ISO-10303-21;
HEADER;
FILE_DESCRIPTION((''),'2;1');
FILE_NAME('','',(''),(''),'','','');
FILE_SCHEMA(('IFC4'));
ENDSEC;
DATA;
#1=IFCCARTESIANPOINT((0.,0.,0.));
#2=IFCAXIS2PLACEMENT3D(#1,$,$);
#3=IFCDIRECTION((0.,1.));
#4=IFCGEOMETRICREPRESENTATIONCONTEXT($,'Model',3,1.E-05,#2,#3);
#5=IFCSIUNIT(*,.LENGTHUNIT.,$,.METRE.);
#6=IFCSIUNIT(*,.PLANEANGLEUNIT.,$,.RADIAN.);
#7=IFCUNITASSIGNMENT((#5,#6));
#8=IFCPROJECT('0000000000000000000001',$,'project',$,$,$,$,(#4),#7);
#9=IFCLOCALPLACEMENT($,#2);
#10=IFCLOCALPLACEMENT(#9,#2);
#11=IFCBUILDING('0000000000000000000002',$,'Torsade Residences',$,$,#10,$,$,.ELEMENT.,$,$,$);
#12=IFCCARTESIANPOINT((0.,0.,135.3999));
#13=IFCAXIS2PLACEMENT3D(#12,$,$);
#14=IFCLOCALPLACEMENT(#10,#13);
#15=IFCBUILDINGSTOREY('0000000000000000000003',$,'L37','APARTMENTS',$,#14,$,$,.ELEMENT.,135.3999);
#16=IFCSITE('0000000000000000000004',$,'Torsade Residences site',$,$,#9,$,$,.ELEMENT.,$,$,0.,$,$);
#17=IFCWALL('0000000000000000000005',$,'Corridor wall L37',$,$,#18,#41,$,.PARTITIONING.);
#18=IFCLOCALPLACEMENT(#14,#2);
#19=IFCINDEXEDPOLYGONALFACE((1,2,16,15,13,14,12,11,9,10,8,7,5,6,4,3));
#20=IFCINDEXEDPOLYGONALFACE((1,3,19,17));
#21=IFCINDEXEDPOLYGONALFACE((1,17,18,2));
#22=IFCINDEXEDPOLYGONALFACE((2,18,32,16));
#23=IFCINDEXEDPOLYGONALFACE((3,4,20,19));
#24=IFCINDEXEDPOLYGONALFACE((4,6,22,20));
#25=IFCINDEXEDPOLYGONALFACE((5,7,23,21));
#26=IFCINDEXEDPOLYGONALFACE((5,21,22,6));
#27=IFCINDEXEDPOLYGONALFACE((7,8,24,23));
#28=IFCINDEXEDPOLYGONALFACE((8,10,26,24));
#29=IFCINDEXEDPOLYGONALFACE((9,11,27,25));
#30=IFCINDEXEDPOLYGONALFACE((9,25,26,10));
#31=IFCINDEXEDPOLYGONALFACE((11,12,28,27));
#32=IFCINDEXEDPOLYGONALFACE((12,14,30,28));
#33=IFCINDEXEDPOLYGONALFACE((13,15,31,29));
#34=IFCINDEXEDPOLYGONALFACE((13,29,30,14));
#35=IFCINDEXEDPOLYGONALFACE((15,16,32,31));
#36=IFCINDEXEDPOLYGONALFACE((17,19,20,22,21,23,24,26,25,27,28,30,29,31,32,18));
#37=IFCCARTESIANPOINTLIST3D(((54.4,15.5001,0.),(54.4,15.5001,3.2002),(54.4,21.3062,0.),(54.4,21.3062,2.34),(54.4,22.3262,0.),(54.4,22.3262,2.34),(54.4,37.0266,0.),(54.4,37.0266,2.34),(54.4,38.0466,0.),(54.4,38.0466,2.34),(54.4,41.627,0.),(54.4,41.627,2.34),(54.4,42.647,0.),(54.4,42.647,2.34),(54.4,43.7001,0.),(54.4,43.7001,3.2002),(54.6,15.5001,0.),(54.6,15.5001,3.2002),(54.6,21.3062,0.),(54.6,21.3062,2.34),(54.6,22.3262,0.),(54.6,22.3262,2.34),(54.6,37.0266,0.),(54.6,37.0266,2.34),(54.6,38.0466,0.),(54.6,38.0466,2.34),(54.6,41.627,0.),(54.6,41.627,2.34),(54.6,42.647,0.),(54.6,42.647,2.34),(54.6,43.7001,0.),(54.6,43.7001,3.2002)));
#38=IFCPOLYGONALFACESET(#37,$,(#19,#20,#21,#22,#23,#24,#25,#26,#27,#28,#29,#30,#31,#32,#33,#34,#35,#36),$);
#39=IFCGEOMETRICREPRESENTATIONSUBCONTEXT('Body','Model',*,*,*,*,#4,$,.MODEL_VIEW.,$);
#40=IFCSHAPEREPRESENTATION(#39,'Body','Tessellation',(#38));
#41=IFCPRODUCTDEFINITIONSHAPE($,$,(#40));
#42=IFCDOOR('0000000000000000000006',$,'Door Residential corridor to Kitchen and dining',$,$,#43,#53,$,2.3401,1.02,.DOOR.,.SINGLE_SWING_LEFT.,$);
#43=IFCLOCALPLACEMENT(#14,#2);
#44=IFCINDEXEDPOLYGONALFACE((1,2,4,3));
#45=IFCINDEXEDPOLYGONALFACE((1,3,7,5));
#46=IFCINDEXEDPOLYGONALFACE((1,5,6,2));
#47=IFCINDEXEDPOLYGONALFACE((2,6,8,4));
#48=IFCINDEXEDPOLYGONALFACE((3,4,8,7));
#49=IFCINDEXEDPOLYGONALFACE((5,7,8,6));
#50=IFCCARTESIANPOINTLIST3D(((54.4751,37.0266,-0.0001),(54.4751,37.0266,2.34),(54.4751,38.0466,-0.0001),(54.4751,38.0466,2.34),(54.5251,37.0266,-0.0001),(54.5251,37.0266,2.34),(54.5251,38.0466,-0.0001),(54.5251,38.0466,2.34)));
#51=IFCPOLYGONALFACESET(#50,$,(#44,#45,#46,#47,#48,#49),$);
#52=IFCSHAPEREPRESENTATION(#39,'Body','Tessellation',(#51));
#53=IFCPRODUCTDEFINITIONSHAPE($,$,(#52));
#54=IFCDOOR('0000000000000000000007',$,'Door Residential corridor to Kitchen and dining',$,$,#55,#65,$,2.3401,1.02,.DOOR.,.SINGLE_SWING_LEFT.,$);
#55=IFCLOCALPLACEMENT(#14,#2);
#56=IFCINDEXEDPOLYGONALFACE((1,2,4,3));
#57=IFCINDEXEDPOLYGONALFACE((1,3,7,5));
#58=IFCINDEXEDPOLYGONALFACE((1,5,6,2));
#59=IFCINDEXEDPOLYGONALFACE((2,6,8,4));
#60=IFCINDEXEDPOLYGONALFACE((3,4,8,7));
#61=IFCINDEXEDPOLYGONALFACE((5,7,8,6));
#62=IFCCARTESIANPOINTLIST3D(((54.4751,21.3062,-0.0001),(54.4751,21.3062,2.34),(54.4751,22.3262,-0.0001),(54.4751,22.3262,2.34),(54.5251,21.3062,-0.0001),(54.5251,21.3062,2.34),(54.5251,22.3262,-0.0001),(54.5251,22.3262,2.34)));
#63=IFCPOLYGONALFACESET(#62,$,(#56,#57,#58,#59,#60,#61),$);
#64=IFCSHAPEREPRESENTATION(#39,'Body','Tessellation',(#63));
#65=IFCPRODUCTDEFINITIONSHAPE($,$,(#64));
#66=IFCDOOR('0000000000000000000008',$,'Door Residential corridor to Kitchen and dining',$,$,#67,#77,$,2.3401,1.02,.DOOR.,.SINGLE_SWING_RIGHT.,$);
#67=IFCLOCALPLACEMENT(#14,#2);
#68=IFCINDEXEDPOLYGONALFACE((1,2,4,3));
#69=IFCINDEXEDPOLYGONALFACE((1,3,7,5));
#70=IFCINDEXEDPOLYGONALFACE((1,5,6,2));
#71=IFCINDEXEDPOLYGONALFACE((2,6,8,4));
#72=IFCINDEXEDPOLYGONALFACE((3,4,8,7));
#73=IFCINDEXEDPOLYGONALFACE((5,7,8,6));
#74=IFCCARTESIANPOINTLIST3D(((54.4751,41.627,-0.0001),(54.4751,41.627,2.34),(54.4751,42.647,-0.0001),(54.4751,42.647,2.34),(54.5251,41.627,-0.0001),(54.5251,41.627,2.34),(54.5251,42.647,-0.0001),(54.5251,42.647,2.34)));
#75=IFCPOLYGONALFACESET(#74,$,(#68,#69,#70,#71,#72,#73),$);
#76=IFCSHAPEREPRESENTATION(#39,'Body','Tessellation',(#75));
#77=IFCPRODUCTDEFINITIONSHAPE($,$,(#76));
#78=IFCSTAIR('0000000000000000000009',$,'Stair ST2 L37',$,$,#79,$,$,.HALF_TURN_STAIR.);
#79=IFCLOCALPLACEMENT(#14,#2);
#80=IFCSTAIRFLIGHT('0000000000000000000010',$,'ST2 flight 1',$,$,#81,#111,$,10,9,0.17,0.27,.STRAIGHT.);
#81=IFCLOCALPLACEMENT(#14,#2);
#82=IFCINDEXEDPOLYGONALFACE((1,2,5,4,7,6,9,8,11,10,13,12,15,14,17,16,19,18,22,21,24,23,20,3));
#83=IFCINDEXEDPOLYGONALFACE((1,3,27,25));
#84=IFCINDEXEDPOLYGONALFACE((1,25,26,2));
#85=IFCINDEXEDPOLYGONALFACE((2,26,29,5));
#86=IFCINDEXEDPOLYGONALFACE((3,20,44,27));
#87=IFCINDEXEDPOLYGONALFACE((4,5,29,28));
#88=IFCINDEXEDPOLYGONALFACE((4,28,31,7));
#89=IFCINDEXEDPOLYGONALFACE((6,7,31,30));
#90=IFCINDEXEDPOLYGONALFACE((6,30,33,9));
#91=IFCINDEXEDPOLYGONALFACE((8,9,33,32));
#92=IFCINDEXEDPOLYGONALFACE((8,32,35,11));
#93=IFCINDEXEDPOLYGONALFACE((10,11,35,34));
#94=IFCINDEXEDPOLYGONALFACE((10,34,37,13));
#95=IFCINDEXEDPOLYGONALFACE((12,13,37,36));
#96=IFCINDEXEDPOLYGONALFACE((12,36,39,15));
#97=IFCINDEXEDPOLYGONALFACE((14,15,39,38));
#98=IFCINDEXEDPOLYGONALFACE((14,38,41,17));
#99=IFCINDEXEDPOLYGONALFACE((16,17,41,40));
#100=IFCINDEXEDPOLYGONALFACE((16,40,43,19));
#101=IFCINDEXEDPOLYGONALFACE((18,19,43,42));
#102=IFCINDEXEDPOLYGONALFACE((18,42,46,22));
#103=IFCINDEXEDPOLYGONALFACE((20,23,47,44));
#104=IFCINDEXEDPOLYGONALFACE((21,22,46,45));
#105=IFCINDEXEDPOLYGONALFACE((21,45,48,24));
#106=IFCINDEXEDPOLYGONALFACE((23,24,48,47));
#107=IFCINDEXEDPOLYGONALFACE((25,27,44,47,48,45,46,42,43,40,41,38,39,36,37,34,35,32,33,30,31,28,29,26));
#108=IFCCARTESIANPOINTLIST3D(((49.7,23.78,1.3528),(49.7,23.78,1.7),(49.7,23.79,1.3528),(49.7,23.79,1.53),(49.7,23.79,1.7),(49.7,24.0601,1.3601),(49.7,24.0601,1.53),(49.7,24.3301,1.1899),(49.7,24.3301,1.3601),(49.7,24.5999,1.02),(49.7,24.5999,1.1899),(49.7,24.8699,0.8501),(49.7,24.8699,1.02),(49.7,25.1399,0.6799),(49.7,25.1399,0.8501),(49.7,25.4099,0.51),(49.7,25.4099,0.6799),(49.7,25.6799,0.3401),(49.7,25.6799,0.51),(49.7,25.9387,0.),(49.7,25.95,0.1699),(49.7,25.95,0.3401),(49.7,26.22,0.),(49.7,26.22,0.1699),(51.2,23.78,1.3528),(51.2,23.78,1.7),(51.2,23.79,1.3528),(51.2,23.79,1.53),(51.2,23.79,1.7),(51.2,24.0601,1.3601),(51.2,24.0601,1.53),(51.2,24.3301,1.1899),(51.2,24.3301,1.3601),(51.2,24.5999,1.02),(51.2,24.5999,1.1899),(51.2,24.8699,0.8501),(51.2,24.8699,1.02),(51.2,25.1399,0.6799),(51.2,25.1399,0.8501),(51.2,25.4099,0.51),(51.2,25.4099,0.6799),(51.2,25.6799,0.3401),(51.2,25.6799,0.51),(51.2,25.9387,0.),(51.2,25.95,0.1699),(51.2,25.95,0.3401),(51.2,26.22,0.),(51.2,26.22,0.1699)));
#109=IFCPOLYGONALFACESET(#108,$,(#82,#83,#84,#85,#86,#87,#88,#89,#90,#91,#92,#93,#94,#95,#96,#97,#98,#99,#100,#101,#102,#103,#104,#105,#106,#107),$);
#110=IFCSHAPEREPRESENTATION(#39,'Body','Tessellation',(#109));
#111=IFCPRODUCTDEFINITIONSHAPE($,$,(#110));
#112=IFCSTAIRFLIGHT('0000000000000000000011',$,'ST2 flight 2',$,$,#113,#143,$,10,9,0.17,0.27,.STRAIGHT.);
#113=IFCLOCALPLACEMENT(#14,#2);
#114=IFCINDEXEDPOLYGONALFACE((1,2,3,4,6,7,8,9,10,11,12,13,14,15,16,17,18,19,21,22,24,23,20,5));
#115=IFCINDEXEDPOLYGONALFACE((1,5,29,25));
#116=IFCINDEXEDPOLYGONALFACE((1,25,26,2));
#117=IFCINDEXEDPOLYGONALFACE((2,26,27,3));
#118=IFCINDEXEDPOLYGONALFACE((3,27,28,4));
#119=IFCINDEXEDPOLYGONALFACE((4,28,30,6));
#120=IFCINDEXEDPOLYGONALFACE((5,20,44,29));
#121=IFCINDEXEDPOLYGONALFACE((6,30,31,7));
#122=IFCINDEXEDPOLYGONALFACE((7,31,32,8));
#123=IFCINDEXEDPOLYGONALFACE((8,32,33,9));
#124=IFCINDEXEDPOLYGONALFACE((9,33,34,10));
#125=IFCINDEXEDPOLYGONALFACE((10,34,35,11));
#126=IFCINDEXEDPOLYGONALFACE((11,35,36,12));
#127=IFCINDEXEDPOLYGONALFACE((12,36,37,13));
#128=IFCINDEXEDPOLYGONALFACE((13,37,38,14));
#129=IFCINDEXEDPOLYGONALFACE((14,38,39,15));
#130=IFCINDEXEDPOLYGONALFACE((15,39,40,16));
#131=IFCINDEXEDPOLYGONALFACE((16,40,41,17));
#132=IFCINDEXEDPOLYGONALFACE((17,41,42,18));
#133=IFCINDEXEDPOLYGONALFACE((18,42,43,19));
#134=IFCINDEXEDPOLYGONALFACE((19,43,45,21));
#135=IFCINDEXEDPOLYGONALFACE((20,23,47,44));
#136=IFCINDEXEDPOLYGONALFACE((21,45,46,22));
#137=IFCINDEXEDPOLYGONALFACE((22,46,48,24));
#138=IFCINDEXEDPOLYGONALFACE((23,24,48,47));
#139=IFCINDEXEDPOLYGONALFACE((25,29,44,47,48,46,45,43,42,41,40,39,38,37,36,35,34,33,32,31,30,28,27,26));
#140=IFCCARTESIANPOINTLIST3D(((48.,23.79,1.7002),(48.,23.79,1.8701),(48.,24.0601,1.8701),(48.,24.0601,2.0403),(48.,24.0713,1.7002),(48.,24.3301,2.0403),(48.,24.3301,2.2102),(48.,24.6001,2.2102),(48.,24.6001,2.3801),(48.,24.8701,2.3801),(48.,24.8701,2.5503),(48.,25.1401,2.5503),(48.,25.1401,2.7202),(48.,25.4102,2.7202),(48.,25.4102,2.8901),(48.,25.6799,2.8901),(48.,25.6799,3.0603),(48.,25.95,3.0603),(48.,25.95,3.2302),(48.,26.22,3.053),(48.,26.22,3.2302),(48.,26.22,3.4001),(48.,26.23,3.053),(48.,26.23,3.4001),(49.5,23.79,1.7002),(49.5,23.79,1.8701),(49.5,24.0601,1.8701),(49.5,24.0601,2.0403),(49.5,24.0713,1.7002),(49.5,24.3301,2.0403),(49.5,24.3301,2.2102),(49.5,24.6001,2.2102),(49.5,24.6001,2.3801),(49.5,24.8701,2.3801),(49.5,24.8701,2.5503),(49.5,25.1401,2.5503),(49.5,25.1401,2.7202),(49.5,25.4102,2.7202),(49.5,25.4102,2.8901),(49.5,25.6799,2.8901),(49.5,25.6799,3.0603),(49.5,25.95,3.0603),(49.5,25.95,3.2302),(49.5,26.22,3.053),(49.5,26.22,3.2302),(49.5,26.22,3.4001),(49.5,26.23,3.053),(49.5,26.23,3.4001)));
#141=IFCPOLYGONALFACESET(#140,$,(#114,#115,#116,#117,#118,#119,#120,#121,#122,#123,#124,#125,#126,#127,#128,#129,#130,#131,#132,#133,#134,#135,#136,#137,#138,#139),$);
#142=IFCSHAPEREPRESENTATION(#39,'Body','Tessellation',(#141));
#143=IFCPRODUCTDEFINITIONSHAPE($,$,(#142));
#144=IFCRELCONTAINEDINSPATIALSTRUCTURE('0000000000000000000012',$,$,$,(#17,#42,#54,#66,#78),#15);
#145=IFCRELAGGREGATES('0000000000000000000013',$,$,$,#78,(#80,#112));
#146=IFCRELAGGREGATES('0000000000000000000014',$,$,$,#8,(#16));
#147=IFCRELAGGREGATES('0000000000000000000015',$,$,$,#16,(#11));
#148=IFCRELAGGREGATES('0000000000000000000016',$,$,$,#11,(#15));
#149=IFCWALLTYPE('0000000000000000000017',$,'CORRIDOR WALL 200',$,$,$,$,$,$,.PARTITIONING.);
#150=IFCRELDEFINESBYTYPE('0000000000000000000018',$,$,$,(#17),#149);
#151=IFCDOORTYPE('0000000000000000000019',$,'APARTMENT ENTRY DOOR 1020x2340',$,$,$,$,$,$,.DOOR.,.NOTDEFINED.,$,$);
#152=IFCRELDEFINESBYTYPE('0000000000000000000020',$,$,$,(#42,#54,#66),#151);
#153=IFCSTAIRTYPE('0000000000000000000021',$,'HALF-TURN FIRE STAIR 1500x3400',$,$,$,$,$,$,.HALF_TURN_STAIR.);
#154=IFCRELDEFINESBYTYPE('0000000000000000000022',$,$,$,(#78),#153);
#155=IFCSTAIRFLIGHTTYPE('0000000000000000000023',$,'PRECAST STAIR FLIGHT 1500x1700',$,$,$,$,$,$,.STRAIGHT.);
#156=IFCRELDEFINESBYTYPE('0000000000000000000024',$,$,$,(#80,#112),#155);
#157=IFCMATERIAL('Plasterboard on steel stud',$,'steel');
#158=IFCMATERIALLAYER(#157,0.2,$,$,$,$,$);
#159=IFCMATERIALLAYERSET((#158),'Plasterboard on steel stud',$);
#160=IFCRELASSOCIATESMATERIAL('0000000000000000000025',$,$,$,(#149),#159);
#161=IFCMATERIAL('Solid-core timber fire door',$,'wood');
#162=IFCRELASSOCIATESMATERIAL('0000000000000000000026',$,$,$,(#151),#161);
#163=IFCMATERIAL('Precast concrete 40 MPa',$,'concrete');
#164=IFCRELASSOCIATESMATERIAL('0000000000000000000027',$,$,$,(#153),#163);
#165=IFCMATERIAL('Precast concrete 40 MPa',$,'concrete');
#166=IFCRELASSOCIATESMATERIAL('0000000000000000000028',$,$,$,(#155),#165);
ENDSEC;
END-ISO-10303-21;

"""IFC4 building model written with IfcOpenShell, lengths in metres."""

from ifc_helpers import new_model, si_unit, direction, frame, frame_2d, origin, place, context, subcontext, project, spatial, polyline, rectangle, outline, extrude, material, layer, layer_set, type_object, element, fill, aggregate, save


model = new_model("IFC4")

# Units and contexts
model_context = context("Model", 3, precision=1e-05, world=origin(), true_north=direction((0.0, 1.0)))
body_context = subcontext(model_context, "Body", "Model", "MODEL_VIEW")
ifc_project = project(units=[si_unit("LENGTHUNIT", "METRE"), si_unit("PLANEANGLEUNIT", "RADIAN")], contexts=[model_context])

# Site, building, storey
site_placement = place(None, origin())
site = spatial("IfcSite", under=ifc_project, at=site_placement, Name="Torsade Residences site", CompositionType="ELEMENT", RefElevation=0.0)
building_placement = place(site_placement, origin())
building = spatial("IfcBuilding", under=site, at=building_placement, Name="Torsade Residences", CompositionType="ELEMENT")
storey_placement = place(building_placement, frame((0.0, 0.0, 135.3999)))
storey = spatial("IfcBuildingStorey", under=building, at=storey_placement, Name="L37", Description="APARTMENTS", CompositionType="ELEMENT", Elevation=135.3999)

# Wall, openings, doors
ifc_material_1 = material(Name="Plasterboard on steel stud", Category="steel")
ifc_layer_1 = layer(ifc_material_1, 0.2)
ifc_layer_set_1 = layer_set([ifc_layer_1], Name="Plasterboard on steel stud")
wall_type_1 = type_object("IfcWallType", Name="CORRIDOR WALL 200", PredefinedType="PARTITIONING", material=ifc_layer_set_1)
wall_1_placement = place(storey_placement, frame((54.5, 15.5, 0.0), z_axis=(0.0, 0.0, 1.0), x_axis=(0.0, 1.0, 0.0)))
wall_1 = element("IfcWall", 1, at=wall_1_placement, inside=storey, type_object=wall_type_1, Name="Corridor wall L37", PredefinedType="PARTITIONING", context=body_context, shape_type="SweptSolid", body=[
    extrude(rectangle(XDim=28.2, YDim=0.2, at=frame_2d((14.1001, 0.0))), origin(), (0.0, 0.0, 1.0), 3.2002),
])
opening_1_placement = place(wall_1_placement, frame((21.5266, 0.0, 0.0)))
opening_1 = element("IfcOpeningElement", 2, at=opening_1_placement, cuts=wall_1, PredefinedType="OPENING", context=body_context, shape_type="SweptSolid", body=[
    extrude(rectangle(XDim=1.02, YDim=2.3401, at=frame_2d((0.51, 1.1699))), frame((0.0, 0.1099, 0.0), z_axis=(0.0, -1.0, 0.0), x_axis=(1.0, 0.0, 0.0)), (0.0, 0.0, 1.0), 0.22),
])
opening_2_placement = place(wall_1_placement, frame((5.8062, 0.0, 0.0)))
opening_2 = element("IfcOpeningElement", 3, at=opening_2_placement, cuts=wall_1, PredefinedType="OPENING", context=body_context, shape_type="SweptSolid", body=[
    extrude(rectangle(XDim=1.02, YDim=2.3401, at=frame_2d((0.51, 1.1699))), frame((0.0, 0.1099, 0.0), z_axis=(0.0, -1.0, 0.0), x_axis=(1.0, 0.0, 0.0)), (0.0, 0.0, 1.0), 0.22),
])
opening_3_placement = place(wall_1_placement, frame((26.127, 0.0, 0.0)))
opening_3 = element("IfcOpeningElement", 4, at=opening_3_placement, cuts=wall_1, PredefinedType="OPENING", context=body_context, shape_type="SweptSolid", body=[
    extrude(rectangle(XDim=1.02, YDim=2.3401, at=frame_2d((0.51, 1.1699))), frame((0.0, 0.1099, 0.0), z_axis=(0.0, -1.0, 0.0), x_axis=(1.0, 0.0, 0.0)), (0.0, 0.0, 1.0), 0.22),
])
ifc_material_2 = material(Name="Solid-core timber fire door", Category="wood")
door_type_1 = type_object("IfcDoorType", Name="APARTMENT ENTRY DOOR 1020x2340", OperationType="NOTDEFINED", PredefinedType="DOOR", material=ifc_material_2)
door_1_placement = place(opening_1_placement, origin())
door_1 = element("IfcDoor", 5, at=door_1_placement, inside=storey, type_object=door_type_1, Name="Door Residential corridor to Kitchen and dining", OperationType="SINGLE_SWING_LEFT", OverallHeight=2.3401, OverallWidth=1.02, PredefinedType="DOOR", context=body_context, shape_type="SweptSolid", body=[
    extrude(rectangle(XDim=1.02, YDim=2.3401, at=frame_2d((0.51, 1.1699))), frame((0.0, 0.0249, 0.0), z_axis=(0.0, -1.0, 0.0), x_axis=(1.0, 0.0, 0.0)), (0.0, 0.0, 1.0), 0.05),
])
fill(opening_1, door_1)
door_2_placement = place(opening_2_placement, origin())
door_2 = element("IfcDoor", 6, at=door_2_placement, inside=storey, type_object=door_type_1, Name="Door Residential corridor to Kitchen and dining", OperationType="SINGLE_SWING_LEFT", OverallHeight=2.3401, OverallWidth=1.02, PredefinedType="DOOR", context=body_context, shape_type="SweptSolid", body=[
    extrude(rectangle(XDim=1.02, YDim=2.3401, at=frame_2d((0.51, 1.1699))), frame((0.0, 0.0249, 0.0), z_axis=(0.0, -1.0, 0.0), x_axis=(1.0, 0.0, 0.0)), (0.0, 0.0, 1.0), 0.05),
])
fill(opening_2, door_2)
door_3_placement = place(opening_3_placement, origin())
door_3 = element("IfcDoor", 7, at=door_3_placement, inside=storey, type_object=door_type_1, Name="Door Residential corridor to Kitchen and dining", OperationType="SINGLE_SWING_RIGHT", OverallHeight=2.3401, OverallWidth=1.02, PredefinedType="DOOR", context=body_context, shape_type="SweptSolid", body=[
    extrude(rectangle(XDim=1.02, YDim=2.3401, at=frame_2d((0.51, 1.1699))), frame((0.0, 0.0249, 0.0), z_axis=(0.0, -1.0, 0.0), x_axis=(1.0, 0.0, 0.0)), (0.0, 0.0, 1.0), 0.05),
])
fill(opening_3, door_3)

# Stair, stair flights
ifc_material_3 = material(Name="Precast concrete 40 MPa", Category="concrete")
stair_type = type_object("IfcStairType", Name="HALF-TURN FIRE STAIR 1500x3400", PredefinedType="HALF_TURN_STAIR", material=ifc_material_3)
stair_placement = place(storey_placement, origin())
stair = element("IfcStair", 8, at=stair_placement, inside=storey, type_object=stair_type, Name="Stair ST2 L37", PredefinedType="HALF_TURN_STAIR")
ifc_material_4 = material(Name="Precast concrete 40 MPa", Category="concrete")
stair_flight_type = type_object("IfcStairFlightType", Name="PRECAST STAIR FLIGHT 1500x1700", PredefinedType="STRAIGHT", material=ifc_material_4)
stair_flight_1_placement = place(storey_placement, frame((50.45, 26.22, 0.0), z_axis=(0.0, 0.0, 1.0), x_axis=(0.0, -1.0, 0.0)))
stair_flight_1 = element("IfcStairFlight", 9, at=stair_flight_1_placement, type_object=stair_flight_type, Name="ST2 flight 1", NumberOfRisers=10, NumberOfTreads=9, PredefinedType="STRAIGHT", RiserHeight=0.17, TreadLength=0.27, context=body_context, shape_type="SweptSolid", body=[
    extrude(outline(polyline([(0.0, 0.0), (0.0, 0.1699), (0.27, 0.1699), (0.27, 0.3401), (0.54, 0.3401), (0.54, 0.51), (0.8101, 0.51), (0.8101, 0.6799), (1.0801, 0.6799), (1.0801, 0.8501), (1.3501, 0.8501), (1.3501, 1.02), (1.6201, 1.02), (1.6201, 1.1899), (1.8899, 1.1899), (1.8899, 1.3601), (2.1599, 1.3601), (2.1599, 1.53), (2.4299, 1.53), (2.4299, 1.7), (2.4399, 1.7), (2.4399, 1.3528), (2.4299, 1.3528), (0.2812, 0.0), (0.0, 0.0)])), frame((0.0, 0.75, 0.0), z_axis=(0.0, -1.0, 0.0), x_axis=(1.0, 0.0, 0.0)), (0.0, 0.0, 1.0), 1.5),
])
stair_flight_2_placement = place(storey_placement, frame((48.75, 23.79, 1.7002), z_axis=(0.0, 0.0, 1.0), x_axis=(0.0, 1.0, 0.0)))
stair_flight_2 = element("IfcStairFlight", 10, at=stair_flight_2_placement, type_object=stair_flight_type, Name="ST2 flight 2", NumberOfRisers=10, NumberOfTreads=9, PredefinedType="STRAIGHT", RiserHeight=0.17, TreadLength=0.27, context=body_context, shape_type="SweptSolid", body=[
    extrude(outline(polyline([(0.0, 0.0), (0.0, 0.1699), (0.27, 0.1699), (0.27, 0.3401), (0.54, 0.3401), (0.54, 0.51), (0.8101, 0.51), (0.8101, 0.6799), (1.0801, 0.6799), (1.0801, 0.8501), (1.3501, 0.8501), (1.3501, 1.02), (1.6201, 1.02), (1.6201, 1.1899), (1.8899, 1.1899), (1.8899, 1.3601), (2.1599, 1.3601), (2.1599, 1.53), (2.4299, 1.53), (2.4299, 1.7), (2.4399, 1.7), (2.4399, 1.3528), (2.4299, 1.3528), (0.2812, 0.0), (0.0, 0.0)])), frame((0.0, 0.75, 0.0), z_axis=(0.0, -1.0, 0.0), x_axis=(1.0, 0.0, 0.0)), (0.0, 0.0, 1.0), 1.5),
])
aggregate(stair, [stair_flight_1, stair_flight_2])

save(model, "model.ifc")
